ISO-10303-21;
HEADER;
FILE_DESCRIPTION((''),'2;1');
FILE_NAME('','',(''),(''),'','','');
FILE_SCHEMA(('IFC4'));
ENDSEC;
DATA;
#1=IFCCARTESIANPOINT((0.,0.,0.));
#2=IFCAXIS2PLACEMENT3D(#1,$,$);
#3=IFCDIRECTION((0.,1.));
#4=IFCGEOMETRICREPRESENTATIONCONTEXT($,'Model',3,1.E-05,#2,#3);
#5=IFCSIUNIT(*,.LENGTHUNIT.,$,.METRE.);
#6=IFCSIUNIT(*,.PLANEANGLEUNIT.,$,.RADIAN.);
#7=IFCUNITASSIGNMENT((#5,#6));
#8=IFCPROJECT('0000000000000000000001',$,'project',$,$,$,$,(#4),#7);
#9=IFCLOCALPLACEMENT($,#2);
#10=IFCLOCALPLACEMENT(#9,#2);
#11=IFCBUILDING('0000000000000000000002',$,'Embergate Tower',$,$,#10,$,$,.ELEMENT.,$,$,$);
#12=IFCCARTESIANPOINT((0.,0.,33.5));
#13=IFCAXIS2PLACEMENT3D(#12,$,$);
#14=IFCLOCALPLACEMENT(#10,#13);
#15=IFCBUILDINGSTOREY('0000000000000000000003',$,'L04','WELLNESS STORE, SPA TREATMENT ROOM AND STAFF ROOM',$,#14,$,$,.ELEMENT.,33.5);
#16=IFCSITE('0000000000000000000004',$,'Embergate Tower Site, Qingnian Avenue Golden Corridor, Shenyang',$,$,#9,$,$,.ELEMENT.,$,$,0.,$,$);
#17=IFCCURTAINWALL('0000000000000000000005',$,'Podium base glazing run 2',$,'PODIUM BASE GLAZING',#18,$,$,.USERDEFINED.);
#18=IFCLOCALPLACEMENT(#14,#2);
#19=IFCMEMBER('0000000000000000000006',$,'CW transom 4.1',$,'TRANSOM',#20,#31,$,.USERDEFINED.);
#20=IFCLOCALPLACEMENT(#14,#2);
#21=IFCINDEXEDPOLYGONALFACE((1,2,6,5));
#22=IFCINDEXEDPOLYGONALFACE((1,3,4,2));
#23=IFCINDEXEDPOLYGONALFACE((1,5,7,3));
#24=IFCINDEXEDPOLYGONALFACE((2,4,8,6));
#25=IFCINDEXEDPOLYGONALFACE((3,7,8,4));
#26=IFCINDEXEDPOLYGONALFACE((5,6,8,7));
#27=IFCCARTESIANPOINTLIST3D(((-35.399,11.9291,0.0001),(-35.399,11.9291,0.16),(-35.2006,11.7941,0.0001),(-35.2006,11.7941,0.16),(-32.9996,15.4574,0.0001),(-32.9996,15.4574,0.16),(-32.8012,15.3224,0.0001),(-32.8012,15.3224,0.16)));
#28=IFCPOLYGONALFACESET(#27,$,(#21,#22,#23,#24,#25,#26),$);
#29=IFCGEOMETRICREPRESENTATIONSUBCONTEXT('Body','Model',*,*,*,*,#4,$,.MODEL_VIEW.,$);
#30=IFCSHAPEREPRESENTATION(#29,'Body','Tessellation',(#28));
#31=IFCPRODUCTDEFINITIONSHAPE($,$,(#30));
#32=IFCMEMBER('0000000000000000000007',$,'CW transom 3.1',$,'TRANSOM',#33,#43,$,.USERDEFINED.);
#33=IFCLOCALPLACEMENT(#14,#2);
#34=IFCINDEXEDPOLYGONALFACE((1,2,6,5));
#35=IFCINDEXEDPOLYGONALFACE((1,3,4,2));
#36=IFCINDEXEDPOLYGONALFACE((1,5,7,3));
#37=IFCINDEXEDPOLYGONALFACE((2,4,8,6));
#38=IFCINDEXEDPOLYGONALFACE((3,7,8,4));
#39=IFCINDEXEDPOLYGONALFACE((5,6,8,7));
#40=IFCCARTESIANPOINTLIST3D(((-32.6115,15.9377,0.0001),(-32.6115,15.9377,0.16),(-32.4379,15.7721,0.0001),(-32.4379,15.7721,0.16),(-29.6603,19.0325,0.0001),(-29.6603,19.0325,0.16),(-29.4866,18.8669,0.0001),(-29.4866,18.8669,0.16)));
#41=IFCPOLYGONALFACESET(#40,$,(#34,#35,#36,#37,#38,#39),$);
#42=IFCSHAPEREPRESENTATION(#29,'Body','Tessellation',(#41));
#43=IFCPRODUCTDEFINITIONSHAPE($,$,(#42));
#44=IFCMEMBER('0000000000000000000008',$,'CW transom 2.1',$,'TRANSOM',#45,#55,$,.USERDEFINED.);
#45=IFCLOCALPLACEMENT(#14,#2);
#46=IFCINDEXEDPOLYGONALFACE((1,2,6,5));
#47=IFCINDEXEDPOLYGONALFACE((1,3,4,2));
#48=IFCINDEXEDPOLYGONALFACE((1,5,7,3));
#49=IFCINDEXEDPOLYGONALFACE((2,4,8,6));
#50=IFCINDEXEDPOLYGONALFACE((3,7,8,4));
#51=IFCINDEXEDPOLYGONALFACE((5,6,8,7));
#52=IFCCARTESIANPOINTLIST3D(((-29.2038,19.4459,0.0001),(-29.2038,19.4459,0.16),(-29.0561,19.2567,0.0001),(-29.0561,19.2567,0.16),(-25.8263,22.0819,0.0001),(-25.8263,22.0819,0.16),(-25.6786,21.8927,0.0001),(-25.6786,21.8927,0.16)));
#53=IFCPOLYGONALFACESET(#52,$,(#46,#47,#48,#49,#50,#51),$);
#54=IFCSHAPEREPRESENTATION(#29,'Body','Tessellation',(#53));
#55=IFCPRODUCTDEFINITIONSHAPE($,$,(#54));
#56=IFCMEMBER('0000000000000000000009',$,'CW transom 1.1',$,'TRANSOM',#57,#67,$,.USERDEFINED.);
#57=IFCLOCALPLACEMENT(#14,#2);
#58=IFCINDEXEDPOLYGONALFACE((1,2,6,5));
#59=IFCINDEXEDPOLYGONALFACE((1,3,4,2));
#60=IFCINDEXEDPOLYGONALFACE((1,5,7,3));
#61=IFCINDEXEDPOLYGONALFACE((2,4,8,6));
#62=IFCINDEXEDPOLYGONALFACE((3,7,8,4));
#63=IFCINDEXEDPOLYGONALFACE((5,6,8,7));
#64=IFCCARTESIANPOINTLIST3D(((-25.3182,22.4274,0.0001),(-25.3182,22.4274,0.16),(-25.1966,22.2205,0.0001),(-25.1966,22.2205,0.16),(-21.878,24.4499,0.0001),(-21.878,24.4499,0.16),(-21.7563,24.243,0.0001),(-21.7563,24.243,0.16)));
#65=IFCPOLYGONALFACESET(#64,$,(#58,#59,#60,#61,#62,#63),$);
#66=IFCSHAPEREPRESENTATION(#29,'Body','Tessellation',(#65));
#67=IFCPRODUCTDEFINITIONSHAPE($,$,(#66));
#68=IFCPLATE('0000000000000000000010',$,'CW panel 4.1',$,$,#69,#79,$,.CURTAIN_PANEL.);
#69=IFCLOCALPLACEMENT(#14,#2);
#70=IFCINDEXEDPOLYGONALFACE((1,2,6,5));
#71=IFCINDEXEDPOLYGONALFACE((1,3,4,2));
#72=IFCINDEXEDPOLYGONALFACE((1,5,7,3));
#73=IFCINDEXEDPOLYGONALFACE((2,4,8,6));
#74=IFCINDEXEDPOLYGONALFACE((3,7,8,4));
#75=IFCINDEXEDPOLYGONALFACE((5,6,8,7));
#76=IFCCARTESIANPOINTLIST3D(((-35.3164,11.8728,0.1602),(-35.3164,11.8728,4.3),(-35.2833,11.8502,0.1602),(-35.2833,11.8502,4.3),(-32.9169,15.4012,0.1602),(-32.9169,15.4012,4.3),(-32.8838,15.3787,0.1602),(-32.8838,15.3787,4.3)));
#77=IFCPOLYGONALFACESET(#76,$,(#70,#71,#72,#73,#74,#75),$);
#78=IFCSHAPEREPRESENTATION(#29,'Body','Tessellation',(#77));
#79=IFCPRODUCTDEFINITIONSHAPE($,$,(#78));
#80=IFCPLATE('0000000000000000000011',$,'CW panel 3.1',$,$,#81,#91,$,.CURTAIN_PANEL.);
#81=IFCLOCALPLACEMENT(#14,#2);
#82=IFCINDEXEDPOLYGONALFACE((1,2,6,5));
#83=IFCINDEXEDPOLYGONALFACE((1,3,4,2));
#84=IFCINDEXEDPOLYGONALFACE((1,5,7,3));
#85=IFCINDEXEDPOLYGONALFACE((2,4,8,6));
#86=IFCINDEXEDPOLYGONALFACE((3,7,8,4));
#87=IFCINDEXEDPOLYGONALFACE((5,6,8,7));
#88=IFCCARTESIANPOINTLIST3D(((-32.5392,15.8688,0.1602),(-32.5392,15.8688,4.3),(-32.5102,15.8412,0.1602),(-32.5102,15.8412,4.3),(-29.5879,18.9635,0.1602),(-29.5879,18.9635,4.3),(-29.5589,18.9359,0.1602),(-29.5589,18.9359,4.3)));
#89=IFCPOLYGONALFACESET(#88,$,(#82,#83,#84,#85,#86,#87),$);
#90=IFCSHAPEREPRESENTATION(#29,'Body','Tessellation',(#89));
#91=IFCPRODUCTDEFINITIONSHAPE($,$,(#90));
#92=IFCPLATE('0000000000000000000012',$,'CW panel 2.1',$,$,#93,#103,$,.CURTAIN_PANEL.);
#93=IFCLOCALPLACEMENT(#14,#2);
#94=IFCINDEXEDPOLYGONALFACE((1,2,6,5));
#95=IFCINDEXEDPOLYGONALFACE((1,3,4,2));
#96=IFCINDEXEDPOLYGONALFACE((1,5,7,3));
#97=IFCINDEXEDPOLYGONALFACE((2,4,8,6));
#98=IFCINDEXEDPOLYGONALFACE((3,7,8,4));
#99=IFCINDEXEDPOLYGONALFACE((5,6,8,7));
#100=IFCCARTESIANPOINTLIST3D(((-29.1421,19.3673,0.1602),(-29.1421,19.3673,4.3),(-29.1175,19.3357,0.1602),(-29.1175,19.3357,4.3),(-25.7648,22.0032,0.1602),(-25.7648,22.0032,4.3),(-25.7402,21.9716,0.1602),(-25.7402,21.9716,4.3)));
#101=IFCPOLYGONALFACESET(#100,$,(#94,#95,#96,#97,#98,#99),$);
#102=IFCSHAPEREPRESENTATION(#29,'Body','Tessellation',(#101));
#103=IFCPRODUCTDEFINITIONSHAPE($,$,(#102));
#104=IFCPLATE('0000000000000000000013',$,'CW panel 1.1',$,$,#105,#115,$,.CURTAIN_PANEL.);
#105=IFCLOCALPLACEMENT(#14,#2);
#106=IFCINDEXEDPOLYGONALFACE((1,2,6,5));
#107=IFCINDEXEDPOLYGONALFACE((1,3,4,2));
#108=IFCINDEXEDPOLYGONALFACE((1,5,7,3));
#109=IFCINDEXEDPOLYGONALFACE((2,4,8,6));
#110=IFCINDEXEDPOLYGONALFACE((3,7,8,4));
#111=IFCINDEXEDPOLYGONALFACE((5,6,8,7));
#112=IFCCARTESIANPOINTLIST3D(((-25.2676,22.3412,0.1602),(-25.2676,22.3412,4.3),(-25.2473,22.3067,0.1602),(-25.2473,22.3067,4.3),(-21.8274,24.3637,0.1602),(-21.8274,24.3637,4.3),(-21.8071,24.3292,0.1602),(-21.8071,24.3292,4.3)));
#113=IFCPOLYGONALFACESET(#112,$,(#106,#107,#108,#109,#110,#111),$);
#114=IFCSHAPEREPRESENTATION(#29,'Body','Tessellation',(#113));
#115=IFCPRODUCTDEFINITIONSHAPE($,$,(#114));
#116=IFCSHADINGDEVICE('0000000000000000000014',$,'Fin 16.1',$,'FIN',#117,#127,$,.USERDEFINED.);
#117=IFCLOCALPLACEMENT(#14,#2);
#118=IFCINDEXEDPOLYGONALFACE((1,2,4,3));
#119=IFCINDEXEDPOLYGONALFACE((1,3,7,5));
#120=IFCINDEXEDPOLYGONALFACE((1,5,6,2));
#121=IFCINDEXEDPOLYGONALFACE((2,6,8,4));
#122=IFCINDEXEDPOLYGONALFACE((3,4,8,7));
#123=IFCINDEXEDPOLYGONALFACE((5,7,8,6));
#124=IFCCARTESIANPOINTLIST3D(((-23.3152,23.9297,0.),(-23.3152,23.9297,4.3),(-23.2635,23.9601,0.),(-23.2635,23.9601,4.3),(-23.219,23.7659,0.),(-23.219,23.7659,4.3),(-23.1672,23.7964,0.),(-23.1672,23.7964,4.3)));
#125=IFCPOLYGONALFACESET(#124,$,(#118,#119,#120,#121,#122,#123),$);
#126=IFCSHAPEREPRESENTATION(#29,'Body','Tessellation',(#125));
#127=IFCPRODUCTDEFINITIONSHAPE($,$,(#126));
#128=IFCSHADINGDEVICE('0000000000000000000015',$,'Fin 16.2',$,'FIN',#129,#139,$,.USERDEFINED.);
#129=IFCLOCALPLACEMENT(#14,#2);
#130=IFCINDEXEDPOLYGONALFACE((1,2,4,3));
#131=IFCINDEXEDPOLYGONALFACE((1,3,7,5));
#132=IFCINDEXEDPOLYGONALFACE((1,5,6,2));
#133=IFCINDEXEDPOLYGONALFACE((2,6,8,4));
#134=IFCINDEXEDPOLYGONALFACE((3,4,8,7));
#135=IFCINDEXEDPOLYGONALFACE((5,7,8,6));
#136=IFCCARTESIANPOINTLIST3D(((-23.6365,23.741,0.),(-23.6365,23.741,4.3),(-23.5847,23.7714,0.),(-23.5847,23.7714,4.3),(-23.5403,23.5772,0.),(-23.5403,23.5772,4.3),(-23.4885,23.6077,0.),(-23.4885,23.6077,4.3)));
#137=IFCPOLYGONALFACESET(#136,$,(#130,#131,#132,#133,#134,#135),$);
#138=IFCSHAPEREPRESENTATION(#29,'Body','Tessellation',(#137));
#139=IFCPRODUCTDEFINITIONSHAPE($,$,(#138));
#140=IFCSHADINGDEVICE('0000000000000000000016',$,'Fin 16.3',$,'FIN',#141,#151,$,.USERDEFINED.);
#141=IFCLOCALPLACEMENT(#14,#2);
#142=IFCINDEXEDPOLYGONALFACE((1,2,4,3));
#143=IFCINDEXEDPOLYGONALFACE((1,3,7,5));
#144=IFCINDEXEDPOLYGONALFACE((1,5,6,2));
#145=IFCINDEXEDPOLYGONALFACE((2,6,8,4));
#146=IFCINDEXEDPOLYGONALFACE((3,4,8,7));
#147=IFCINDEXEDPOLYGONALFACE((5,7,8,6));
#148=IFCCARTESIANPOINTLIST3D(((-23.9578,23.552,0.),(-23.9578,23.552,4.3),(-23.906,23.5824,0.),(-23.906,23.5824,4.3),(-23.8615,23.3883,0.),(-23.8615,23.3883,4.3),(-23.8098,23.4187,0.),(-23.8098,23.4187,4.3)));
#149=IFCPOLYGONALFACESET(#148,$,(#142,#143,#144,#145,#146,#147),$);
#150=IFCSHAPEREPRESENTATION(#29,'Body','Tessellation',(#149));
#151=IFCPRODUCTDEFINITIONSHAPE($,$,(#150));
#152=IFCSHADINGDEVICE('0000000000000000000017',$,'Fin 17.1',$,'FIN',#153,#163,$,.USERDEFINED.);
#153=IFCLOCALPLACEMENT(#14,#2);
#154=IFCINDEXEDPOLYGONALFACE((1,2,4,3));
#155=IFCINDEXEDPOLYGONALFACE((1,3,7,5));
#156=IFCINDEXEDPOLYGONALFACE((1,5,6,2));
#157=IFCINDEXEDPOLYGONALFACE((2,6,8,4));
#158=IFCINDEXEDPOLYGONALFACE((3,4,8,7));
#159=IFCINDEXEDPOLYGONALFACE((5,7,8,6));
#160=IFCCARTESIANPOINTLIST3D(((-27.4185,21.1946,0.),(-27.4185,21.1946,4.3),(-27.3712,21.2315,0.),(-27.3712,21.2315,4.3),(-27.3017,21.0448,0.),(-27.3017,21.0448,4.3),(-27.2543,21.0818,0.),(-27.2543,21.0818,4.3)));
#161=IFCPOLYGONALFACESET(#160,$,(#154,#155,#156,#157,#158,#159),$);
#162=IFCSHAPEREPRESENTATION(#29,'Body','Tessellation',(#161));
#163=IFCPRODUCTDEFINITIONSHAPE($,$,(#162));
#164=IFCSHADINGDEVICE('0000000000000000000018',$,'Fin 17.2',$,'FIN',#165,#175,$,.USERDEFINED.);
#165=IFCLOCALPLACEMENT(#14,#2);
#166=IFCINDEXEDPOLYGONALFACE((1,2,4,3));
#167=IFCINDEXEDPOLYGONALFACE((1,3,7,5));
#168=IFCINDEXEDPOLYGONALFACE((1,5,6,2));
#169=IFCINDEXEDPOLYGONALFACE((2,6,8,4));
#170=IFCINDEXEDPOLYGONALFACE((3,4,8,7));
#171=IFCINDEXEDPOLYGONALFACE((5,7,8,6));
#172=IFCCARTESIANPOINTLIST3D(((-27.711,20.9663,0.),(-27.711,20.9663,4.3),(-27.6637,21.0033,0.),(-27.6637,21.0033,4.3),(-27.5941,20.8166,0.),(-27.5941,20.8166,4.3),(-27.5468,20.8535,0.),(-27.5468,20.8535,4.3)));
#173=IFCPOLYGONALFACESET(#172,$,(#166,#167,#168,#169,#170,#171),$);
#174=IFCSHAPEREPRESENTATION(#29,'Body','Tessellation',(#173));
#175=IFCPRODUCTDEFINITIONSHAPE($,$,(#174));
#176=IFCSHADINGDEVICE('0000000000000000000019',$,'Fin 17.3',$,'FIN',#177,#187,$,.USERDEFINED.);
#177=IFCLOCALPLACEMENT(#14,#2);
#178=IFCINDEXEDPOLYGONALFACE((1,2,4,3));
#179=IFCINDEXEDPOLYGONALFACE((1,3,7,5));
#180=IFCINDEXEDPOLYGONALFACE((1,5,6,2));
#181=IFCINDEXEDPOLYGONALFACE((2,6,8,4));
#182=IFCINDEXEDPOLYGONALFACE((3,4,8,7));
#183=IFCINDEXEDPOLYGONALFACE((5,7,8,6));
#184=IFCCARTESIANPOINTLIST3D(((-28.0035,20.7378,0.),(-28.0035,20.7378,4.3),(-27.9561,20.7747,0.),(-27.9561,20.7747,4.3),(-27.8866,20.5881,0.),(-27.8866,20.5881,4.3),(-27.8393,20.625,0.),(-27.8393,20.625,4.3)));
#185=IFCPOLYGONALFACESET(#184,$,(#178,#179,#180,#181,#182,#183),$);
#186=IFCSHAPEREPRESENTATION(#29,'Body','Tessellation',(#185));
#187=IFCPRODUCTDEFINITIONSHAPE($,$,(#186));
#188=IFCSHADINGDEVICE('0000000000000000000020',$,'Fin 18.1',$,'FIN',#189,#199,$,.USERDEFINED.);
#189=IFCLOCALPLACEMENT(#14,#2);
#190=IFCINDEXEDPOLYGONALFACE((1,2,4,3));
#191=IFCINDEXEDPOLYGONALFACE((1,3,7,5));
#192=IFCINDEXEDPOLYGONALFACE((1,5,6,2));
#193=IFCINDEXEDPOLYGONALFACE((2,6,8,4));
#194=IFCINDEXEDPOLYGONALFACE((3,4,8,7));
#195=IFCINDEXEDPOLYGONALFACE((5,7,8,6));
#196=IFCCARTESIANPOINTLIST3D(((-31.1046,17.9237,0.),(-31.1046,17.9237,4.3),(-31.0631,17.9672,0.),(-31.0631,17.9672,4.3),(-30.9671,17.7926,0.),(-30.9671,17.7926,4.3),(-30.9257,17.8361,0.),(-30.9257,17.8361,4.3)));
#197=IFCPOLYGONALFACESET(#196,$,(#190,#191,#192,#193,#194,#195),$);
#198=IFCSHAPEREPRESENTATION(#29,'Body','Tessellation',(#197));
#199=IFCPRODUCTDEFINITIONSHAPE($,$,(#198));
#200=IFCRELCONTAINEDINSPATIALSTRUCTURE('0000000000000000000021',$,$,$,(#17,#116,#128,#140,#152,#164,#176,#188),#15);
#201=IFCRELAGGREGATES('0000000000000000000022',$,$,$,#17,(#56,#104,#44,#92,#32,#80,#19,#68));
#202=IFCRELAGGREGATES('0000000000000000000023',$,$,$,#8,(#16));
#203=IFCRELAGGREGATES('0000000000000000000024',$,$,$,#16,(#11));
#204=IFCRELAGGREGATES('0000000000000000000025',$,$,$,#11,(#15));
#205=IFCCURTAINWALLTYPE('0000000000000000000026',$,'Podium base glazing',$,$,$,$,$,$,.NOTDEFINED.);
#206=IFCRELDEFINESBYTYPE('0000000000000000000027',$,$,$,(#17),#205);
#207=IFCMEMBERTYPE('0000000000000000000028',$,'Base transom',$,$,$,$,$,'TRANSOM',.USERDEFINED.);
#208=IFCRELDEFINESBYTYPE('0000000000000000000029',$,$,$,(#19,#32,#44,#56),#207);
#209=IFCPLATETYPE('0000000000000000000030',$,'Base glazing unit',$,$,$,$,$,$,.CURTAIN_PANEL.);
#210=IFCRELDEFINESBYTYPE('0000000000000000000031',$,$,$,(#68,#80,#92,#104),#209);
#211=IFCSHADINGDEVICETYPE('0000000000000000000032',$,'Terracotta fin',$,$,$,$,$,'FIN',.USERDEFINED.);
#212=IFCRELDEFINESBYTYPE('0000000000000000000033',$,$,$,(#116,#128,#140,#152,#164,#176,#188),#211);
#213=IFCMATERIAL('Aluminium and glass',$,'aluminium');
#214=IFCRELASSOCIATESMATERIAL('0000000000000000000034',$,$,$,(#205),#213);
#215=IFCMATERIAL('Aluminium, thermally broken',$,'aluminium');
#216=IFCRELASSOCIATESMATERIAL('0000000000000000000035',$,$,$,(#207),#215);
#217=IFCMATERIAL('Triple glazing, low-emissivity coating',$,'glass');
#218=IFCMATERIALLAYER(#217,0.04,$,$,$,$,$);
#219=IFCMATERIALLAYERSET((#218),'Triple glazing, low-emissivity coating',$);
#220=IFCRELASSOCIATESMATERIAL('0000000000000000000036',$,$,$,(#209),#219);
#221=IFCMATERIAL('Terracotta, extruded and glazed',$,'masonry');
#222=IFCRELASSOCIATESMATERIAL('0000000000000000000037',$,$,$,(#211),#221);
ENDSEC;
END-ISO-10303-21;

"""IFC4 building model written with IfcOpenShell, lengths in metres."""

from ifc_helpers import new_model, si_unit, direction, frame, origin, origin_2d, place, context, subcontext, project, spatial, rectangle, extrude, source, transform, mapped, material, layer, layer_set, material_profile, profile_set, type_object, element, aggregate, save


model = new_model("IFC4")

# Units and contexts
model_context = context("Model", 3, precision=1e-05, world=origin(), true_north=direction((0.0, 1.0)))
body_context = subcontext(model_context, "Body", "Model", "MODEL_VIEW")
ifc_project = project(units=[si_unit("LENGTHUNIT", "METRE"), si_unit("PLANEANGLEUNIT", "RADIAN")], contexts=[model_context])

# Site, building, storey
site_placement = place(None, origin())
site = spatial("IfcSite", under=ifc_project, at=site_placement, Name="Embergate Tower Site, Qingnian Avenue Golden Corridor, Shenyang", CompositionType="ELEMENT", RefElevation=0.0)
building_placement = place(site_placement, origin())
building = spatial("IfcBuilding", under=site, at=building_placement, Name="Embergate Tower", CompositionType="ELEMENT")
storey_placement = place(building_placement, frame((0.0, 0.0, 33.5)))
storey = spatial("IfcBuildingStorey", under=building, at=storey_placement, Name="L04", Description="WELLNESS STORE, SPA TREATMENT ROOM AND STAFF ROOM", CompositionType="ELEMENT", Elevation=33.5)

# Shared definitions
ifc_material_1 = material(Name="Aluminium and glass", Category="aluminium")
curtain_wall_type = type_object("IfcCurtainWallType", Name="Podium base glazing", PredefinedType="NOTDEFINED", material=ifc_material_1)
ifc_material_2 = material(Name="Aluminium, thermally broken", Category="aluminium")

# Curtain wall, members, plates
curtain_wall_1_placement = place(storey_placement, origin())
curtain_wall_1 = element("IfcCurtainWall", 1, at=curtain_wall_1_placement, inside=storey, type_object=curtain_wall_type, Name="Podium base glazing run 2", ObjectType="PODIUM BASE GLAZING", PredefinedType="USERDEFINED")
ifc_material_profile_1 = material_profile(ifc_material_2, rectangle(XDim=0.24, YDim=0.1599, at=origin_2d()), Name="AL 160x240")
ifc_profile_set_1 = profile_set([ifc_material_profile_1], Name="Aluminium, thermally broken")
member_type_1 = type_object("IfcMemberType", Name="Base transom", ElementType="TRANSOM", PredefinedType="USERDEFINED", material=ifc_profile_set_1)
shared_shape_1 = source(origin(), body_context, "Body", "SweptSolid", [
    extrude(rectangle(XDim=0.24, YDim=0.1599, at=origin_2d()), origin(), (0.0, 0.0, 1.0), 4.2668),
])
member_1_placement = place(storey_placement, frame((-32.9004, 15.3899, 0.0801), z_axis=(-0.562335, -0.826909, 0.0), x_axis=(0.826909, -0.562335, 0.0)))
member_1 = element("IfcMember", 2, at=member_1_placement, type_object=member_type_1, Name="CW transom 4.1", ObjectType="TRANSOM", PredefinedType="USERDEFINED", context=body_context, shape_type="MappedRepresentation", body=[
    mapped(shared_shape_1, transform((0.0, 0.0, 0.0))),
])
shared_shape_2 = source(origin(), body_context, "Body", "SweptSolid", [
    extrude(rectangle(XDim=0.24, YDim=0.1599, at=origin_2d()), origin(), (0.0, 0.0, 1.0), 4.2764),
])
member_2_placement = place(storey_placement, frame((-29.5735, 18.9497, 0.0801), z_axis=(-0.690123, -0.723692, 0.0), x_axis=(0.723692, -0.690123, 0.0)))
member_2 = element("IfcMember", 3, at=member_2_placement, type_object=member_type_1, Name="CW transom 3.1", ObjectType="TRANSOM", PredefinedType="USERDEFINED", context=body_context, shape_type="MappedRepresentation", body=[
    mapped(shared_shape_2, transform((0.0, 0.0, 0.0))),
])
shared_shape_3 = source(origin(), body_context, "Body", "SweptSolid", [
    extrude(rectangle(XDim=0.24, YDim=0.1599, at=origin_2d()), origin(), (0.0, 0.0, 1.0), 4.2844),
])
member_3_placement = place(storey_placement, frame((-25.7524, 21.9873, 0.0801), z_axis=(-0.788323, -0.615261, 0.0), x_axis=(0.615261, -0.788323, 0.0)))
member_3 = element("IfcMember", 4, at=member_3_placement, type_object=member_type_1, Name="CW transom 2.1", ObjectType="TRANSOM", PredefinedType="USERDEFINED", context=body_context, shape_type="MappedRepresentation", body=[
    mapped(shared_shape_3, transform((0.0, 0.0, 0.0))),
])
shared_shape_4 = source(origin(), body_context, "Body", "SweptSolid", [
    extrude(rectangle(XDim=0.24, YDim=0.1599, at=origin_2d()), origin(), (0.0, 0.0, 1.0), 3.9907),
])
member_4_placement = place(storey_placement, frame((-21.8171, 24.3464, 0.0801), z_axis=(-0.862063, -0.506801, 0.0), x_axis=(0.506801, -0.862063, 0.0)))
member_4 = element("IfcMember", 5, at=member_4_placement, type_object=member_type_1, Name="CW transom 1.1", ObjectType="TRANSOM", PredefinedType="USERDEFINED", context=body_context, shape_type="MappedRepresentation", body=[
    mapped(shared_shape_4, transform((0.0, 0.0, 0.0))),
])
ifc_material_3 = material(Name="Triple glazing, low-emissivity coating", Category="glass")
ifc_layer = layer(ifc_material_3, 0.04)
ifc_layer_set = layer_set([ifc_layer], Name="Triple glazing, low-emissivity coating")
plate_type = type_object("IfcPlateType", Name="Base glazing unit", PredefinedType="CURTAIN_PANEL", material=ifc_layer_set)
shared_shape_5 = source(origin(), body_context, "Body", "SweptSolid", [
    extrude(rectangle(XDim=4.2671, YDim=0.04, at=origin_2d()), origin(), (0.0, 0.0, 1.0), 4.1399),
])
plate_1_placement = place(storey_placement, frame((-34.1001, 13.6257, 0.1602), z_axis=(0.0, 0.0, 1.0), x_axis=(-0.562346, -0.826902, 0.0)))
plate_1 = element("IfcPlate", 6, at=plate_1_placement, type_object=plate_type, Name="CW panel 4.1", PredefinedType="CURTAIN_PANEL", context=body_context, shape_type="MappedRepresentation", body=[
    mapped(shared_shape_5, transform((0.0, 0.0, 0.0))),
])
shared_shape_6 = source(origin(), body_context, "Body", "SweptSolid", [
    extrude(rectangle(XDim=4.2764, YDim=0.04, at=origin_2d()), origin(), (0.0, 0.0, 1.0), 4.1399),
])
plate_2_placement = place(storey_placement, frame((-31.0491, 17.4023, 0.1602), z_axis=(0.0, 0.0, 1.0), x_axis=(-0.690138, -0.723678, 0.0)))
plate_2 = element("IfcPlate", 7, at=plate_2_placement, type_object=plate_type, Name="CW panel 3.1", PredefinedType="CURTAIN_PANEL", context=body_context, shape_type="MappedRepresentation", body=[
    mapped(shared_shape_6, transform((0.0, 0.0, 0.0))),
])
shared_shape_7 = source(origin(), body_context, "Body", "SweptSolid", [
    extrude(rectangle(XDim=4.2842, YDim=0.04, at=origin_2d()), origin(), (0.0, 0.0, 1.0), 4.1399),
])
plate_3_placement = place(storey_placement, frame((-27.4412, 20.6694, 0.1602), z_axis=(0.0, 0.0, 1.0), x_axis=(-0.788322, -0.615263, 0.0)))
plate_3 = element("IfcPlate", 8, at=plate_3_placement, type_object=plate_type, Name="CW panel 2.1", PredefinedType="CURTAIN_PANEL", context=body_context, shape_type="MappedRepresentation", body=[
    mapped(shared_shape_7, transform((0.0, 0.0, 0.0))),
])
shared_shape_8 = source(origin(), body_context, "Body", "SweptSolid", [
    extrude(rectangle(XDim=3.9907, YDim=0.04, at=origin_2d()), origin(), (0.0, 0.0, 1.0), 4.1399),
])
plate_4_placement = place(storey_placement, frame((-23.5374, 23.3352, 0.1602), z_axis=(0.0, 0.0, 1.0), x_axis=(-0.862055, -0.506815, 0.0)))
plate_4 = element("IfcPlate", 9, at=plate_4_placement, type_object=plate_type, Name="CW panel 1.1", PredefinedType="CURTAIN_PANEL", context=body_context, shape_type="MappedRepresentation", body=[
    mapped(shared_shape_8, transform((0.0, 0.0, 0.0))),
])
aggregate(curtain_wall_1, [member_4, plate_4, member_3, plate_3, member_2, plate_2, member_1, plate_1])

# Shading devices
ifc_material_4 = material(Name="Terracotta, extruded and glazed", Category="masonry")
ifc_material_profile_2 = material_profile(ifc_material_4, rectangle(XDim=0.1899, YDim=0.0601, at=origin_2d()), Name="TC 190x60")
ifc_profile_set_2 = profile_set([ifc_material_profile_2], Name="Terracotta, extruded and glazed")
shading_device_type = type_object("IfcShadingDeviceType", Name="Terracotta fin", ElementType="FIN", PredefinedType="USERDEFINED", material=ifc_profile_set_2)
shared_shape_9 = source(origin(), body_context, "Body", "SweptSolid", [
    extrude(rectangle(XDim=0.1899, YDim=0.0601, at=origin_2d()), origin(), (0.0, 0.0, 1.0), 4.3),
])
for number, where, z_axis, x_axis, name in (
    (10, (-23.2412, 23.863, 0.0), (0.0, 0.0, 1.0), (0.506815, -0.862055, 0.0), "Fin 16.1"),
    (11, (-23.5625, 23.6743, 0.0), (0.0, 0.0, 1.0), (0.506815, -0.862055, 0.0), "Fin 16.2"),
    (12, (-23.8838, 23.4854, 0.0), (0.0, 0.0, 1.0), (0.506815, -0.862055, 0.0), "Fin 16.3"),
    (13, (-27.3364, 21.1382, 0.0), (0.0, 0.0, 1.0), (0.615263, -0.788322, 0.0), "Fin 17.1"),
    (14, (-27.6289, 20.9099, 0.0), (0.0, 0.0, 1.0), (0.615263, -0.788322, 0.0), "Fin 17.2"),
    (15, (-27.9214, 20.6814, 0.0), (0.0, 0.0, 1.0), (0.615263, -0.788322, 0.0), "Fin 17.3"),
    (16, (-31.0151, 17.8799, 0.0), (0.0, 0.0, 1.0), (0.723678, -0.690138, 0.0), "Fin 18.1"),
):
    element("IfcShadingDevice", number, at=place(storey_placement, frame(where, z_axis=z_axis, x_axis=x_axis)), inside=storey, type_object=shading_device_type, Name=name, ObjectType="FIN", PredefinedType="USERDEFINED", context=body_context, shape_type="MappedRepresentation", body=[
        mapped(shared_shape_9, transform((0.0, 0.0, 0.0))),
    ])

save(model, "model.ifc")
